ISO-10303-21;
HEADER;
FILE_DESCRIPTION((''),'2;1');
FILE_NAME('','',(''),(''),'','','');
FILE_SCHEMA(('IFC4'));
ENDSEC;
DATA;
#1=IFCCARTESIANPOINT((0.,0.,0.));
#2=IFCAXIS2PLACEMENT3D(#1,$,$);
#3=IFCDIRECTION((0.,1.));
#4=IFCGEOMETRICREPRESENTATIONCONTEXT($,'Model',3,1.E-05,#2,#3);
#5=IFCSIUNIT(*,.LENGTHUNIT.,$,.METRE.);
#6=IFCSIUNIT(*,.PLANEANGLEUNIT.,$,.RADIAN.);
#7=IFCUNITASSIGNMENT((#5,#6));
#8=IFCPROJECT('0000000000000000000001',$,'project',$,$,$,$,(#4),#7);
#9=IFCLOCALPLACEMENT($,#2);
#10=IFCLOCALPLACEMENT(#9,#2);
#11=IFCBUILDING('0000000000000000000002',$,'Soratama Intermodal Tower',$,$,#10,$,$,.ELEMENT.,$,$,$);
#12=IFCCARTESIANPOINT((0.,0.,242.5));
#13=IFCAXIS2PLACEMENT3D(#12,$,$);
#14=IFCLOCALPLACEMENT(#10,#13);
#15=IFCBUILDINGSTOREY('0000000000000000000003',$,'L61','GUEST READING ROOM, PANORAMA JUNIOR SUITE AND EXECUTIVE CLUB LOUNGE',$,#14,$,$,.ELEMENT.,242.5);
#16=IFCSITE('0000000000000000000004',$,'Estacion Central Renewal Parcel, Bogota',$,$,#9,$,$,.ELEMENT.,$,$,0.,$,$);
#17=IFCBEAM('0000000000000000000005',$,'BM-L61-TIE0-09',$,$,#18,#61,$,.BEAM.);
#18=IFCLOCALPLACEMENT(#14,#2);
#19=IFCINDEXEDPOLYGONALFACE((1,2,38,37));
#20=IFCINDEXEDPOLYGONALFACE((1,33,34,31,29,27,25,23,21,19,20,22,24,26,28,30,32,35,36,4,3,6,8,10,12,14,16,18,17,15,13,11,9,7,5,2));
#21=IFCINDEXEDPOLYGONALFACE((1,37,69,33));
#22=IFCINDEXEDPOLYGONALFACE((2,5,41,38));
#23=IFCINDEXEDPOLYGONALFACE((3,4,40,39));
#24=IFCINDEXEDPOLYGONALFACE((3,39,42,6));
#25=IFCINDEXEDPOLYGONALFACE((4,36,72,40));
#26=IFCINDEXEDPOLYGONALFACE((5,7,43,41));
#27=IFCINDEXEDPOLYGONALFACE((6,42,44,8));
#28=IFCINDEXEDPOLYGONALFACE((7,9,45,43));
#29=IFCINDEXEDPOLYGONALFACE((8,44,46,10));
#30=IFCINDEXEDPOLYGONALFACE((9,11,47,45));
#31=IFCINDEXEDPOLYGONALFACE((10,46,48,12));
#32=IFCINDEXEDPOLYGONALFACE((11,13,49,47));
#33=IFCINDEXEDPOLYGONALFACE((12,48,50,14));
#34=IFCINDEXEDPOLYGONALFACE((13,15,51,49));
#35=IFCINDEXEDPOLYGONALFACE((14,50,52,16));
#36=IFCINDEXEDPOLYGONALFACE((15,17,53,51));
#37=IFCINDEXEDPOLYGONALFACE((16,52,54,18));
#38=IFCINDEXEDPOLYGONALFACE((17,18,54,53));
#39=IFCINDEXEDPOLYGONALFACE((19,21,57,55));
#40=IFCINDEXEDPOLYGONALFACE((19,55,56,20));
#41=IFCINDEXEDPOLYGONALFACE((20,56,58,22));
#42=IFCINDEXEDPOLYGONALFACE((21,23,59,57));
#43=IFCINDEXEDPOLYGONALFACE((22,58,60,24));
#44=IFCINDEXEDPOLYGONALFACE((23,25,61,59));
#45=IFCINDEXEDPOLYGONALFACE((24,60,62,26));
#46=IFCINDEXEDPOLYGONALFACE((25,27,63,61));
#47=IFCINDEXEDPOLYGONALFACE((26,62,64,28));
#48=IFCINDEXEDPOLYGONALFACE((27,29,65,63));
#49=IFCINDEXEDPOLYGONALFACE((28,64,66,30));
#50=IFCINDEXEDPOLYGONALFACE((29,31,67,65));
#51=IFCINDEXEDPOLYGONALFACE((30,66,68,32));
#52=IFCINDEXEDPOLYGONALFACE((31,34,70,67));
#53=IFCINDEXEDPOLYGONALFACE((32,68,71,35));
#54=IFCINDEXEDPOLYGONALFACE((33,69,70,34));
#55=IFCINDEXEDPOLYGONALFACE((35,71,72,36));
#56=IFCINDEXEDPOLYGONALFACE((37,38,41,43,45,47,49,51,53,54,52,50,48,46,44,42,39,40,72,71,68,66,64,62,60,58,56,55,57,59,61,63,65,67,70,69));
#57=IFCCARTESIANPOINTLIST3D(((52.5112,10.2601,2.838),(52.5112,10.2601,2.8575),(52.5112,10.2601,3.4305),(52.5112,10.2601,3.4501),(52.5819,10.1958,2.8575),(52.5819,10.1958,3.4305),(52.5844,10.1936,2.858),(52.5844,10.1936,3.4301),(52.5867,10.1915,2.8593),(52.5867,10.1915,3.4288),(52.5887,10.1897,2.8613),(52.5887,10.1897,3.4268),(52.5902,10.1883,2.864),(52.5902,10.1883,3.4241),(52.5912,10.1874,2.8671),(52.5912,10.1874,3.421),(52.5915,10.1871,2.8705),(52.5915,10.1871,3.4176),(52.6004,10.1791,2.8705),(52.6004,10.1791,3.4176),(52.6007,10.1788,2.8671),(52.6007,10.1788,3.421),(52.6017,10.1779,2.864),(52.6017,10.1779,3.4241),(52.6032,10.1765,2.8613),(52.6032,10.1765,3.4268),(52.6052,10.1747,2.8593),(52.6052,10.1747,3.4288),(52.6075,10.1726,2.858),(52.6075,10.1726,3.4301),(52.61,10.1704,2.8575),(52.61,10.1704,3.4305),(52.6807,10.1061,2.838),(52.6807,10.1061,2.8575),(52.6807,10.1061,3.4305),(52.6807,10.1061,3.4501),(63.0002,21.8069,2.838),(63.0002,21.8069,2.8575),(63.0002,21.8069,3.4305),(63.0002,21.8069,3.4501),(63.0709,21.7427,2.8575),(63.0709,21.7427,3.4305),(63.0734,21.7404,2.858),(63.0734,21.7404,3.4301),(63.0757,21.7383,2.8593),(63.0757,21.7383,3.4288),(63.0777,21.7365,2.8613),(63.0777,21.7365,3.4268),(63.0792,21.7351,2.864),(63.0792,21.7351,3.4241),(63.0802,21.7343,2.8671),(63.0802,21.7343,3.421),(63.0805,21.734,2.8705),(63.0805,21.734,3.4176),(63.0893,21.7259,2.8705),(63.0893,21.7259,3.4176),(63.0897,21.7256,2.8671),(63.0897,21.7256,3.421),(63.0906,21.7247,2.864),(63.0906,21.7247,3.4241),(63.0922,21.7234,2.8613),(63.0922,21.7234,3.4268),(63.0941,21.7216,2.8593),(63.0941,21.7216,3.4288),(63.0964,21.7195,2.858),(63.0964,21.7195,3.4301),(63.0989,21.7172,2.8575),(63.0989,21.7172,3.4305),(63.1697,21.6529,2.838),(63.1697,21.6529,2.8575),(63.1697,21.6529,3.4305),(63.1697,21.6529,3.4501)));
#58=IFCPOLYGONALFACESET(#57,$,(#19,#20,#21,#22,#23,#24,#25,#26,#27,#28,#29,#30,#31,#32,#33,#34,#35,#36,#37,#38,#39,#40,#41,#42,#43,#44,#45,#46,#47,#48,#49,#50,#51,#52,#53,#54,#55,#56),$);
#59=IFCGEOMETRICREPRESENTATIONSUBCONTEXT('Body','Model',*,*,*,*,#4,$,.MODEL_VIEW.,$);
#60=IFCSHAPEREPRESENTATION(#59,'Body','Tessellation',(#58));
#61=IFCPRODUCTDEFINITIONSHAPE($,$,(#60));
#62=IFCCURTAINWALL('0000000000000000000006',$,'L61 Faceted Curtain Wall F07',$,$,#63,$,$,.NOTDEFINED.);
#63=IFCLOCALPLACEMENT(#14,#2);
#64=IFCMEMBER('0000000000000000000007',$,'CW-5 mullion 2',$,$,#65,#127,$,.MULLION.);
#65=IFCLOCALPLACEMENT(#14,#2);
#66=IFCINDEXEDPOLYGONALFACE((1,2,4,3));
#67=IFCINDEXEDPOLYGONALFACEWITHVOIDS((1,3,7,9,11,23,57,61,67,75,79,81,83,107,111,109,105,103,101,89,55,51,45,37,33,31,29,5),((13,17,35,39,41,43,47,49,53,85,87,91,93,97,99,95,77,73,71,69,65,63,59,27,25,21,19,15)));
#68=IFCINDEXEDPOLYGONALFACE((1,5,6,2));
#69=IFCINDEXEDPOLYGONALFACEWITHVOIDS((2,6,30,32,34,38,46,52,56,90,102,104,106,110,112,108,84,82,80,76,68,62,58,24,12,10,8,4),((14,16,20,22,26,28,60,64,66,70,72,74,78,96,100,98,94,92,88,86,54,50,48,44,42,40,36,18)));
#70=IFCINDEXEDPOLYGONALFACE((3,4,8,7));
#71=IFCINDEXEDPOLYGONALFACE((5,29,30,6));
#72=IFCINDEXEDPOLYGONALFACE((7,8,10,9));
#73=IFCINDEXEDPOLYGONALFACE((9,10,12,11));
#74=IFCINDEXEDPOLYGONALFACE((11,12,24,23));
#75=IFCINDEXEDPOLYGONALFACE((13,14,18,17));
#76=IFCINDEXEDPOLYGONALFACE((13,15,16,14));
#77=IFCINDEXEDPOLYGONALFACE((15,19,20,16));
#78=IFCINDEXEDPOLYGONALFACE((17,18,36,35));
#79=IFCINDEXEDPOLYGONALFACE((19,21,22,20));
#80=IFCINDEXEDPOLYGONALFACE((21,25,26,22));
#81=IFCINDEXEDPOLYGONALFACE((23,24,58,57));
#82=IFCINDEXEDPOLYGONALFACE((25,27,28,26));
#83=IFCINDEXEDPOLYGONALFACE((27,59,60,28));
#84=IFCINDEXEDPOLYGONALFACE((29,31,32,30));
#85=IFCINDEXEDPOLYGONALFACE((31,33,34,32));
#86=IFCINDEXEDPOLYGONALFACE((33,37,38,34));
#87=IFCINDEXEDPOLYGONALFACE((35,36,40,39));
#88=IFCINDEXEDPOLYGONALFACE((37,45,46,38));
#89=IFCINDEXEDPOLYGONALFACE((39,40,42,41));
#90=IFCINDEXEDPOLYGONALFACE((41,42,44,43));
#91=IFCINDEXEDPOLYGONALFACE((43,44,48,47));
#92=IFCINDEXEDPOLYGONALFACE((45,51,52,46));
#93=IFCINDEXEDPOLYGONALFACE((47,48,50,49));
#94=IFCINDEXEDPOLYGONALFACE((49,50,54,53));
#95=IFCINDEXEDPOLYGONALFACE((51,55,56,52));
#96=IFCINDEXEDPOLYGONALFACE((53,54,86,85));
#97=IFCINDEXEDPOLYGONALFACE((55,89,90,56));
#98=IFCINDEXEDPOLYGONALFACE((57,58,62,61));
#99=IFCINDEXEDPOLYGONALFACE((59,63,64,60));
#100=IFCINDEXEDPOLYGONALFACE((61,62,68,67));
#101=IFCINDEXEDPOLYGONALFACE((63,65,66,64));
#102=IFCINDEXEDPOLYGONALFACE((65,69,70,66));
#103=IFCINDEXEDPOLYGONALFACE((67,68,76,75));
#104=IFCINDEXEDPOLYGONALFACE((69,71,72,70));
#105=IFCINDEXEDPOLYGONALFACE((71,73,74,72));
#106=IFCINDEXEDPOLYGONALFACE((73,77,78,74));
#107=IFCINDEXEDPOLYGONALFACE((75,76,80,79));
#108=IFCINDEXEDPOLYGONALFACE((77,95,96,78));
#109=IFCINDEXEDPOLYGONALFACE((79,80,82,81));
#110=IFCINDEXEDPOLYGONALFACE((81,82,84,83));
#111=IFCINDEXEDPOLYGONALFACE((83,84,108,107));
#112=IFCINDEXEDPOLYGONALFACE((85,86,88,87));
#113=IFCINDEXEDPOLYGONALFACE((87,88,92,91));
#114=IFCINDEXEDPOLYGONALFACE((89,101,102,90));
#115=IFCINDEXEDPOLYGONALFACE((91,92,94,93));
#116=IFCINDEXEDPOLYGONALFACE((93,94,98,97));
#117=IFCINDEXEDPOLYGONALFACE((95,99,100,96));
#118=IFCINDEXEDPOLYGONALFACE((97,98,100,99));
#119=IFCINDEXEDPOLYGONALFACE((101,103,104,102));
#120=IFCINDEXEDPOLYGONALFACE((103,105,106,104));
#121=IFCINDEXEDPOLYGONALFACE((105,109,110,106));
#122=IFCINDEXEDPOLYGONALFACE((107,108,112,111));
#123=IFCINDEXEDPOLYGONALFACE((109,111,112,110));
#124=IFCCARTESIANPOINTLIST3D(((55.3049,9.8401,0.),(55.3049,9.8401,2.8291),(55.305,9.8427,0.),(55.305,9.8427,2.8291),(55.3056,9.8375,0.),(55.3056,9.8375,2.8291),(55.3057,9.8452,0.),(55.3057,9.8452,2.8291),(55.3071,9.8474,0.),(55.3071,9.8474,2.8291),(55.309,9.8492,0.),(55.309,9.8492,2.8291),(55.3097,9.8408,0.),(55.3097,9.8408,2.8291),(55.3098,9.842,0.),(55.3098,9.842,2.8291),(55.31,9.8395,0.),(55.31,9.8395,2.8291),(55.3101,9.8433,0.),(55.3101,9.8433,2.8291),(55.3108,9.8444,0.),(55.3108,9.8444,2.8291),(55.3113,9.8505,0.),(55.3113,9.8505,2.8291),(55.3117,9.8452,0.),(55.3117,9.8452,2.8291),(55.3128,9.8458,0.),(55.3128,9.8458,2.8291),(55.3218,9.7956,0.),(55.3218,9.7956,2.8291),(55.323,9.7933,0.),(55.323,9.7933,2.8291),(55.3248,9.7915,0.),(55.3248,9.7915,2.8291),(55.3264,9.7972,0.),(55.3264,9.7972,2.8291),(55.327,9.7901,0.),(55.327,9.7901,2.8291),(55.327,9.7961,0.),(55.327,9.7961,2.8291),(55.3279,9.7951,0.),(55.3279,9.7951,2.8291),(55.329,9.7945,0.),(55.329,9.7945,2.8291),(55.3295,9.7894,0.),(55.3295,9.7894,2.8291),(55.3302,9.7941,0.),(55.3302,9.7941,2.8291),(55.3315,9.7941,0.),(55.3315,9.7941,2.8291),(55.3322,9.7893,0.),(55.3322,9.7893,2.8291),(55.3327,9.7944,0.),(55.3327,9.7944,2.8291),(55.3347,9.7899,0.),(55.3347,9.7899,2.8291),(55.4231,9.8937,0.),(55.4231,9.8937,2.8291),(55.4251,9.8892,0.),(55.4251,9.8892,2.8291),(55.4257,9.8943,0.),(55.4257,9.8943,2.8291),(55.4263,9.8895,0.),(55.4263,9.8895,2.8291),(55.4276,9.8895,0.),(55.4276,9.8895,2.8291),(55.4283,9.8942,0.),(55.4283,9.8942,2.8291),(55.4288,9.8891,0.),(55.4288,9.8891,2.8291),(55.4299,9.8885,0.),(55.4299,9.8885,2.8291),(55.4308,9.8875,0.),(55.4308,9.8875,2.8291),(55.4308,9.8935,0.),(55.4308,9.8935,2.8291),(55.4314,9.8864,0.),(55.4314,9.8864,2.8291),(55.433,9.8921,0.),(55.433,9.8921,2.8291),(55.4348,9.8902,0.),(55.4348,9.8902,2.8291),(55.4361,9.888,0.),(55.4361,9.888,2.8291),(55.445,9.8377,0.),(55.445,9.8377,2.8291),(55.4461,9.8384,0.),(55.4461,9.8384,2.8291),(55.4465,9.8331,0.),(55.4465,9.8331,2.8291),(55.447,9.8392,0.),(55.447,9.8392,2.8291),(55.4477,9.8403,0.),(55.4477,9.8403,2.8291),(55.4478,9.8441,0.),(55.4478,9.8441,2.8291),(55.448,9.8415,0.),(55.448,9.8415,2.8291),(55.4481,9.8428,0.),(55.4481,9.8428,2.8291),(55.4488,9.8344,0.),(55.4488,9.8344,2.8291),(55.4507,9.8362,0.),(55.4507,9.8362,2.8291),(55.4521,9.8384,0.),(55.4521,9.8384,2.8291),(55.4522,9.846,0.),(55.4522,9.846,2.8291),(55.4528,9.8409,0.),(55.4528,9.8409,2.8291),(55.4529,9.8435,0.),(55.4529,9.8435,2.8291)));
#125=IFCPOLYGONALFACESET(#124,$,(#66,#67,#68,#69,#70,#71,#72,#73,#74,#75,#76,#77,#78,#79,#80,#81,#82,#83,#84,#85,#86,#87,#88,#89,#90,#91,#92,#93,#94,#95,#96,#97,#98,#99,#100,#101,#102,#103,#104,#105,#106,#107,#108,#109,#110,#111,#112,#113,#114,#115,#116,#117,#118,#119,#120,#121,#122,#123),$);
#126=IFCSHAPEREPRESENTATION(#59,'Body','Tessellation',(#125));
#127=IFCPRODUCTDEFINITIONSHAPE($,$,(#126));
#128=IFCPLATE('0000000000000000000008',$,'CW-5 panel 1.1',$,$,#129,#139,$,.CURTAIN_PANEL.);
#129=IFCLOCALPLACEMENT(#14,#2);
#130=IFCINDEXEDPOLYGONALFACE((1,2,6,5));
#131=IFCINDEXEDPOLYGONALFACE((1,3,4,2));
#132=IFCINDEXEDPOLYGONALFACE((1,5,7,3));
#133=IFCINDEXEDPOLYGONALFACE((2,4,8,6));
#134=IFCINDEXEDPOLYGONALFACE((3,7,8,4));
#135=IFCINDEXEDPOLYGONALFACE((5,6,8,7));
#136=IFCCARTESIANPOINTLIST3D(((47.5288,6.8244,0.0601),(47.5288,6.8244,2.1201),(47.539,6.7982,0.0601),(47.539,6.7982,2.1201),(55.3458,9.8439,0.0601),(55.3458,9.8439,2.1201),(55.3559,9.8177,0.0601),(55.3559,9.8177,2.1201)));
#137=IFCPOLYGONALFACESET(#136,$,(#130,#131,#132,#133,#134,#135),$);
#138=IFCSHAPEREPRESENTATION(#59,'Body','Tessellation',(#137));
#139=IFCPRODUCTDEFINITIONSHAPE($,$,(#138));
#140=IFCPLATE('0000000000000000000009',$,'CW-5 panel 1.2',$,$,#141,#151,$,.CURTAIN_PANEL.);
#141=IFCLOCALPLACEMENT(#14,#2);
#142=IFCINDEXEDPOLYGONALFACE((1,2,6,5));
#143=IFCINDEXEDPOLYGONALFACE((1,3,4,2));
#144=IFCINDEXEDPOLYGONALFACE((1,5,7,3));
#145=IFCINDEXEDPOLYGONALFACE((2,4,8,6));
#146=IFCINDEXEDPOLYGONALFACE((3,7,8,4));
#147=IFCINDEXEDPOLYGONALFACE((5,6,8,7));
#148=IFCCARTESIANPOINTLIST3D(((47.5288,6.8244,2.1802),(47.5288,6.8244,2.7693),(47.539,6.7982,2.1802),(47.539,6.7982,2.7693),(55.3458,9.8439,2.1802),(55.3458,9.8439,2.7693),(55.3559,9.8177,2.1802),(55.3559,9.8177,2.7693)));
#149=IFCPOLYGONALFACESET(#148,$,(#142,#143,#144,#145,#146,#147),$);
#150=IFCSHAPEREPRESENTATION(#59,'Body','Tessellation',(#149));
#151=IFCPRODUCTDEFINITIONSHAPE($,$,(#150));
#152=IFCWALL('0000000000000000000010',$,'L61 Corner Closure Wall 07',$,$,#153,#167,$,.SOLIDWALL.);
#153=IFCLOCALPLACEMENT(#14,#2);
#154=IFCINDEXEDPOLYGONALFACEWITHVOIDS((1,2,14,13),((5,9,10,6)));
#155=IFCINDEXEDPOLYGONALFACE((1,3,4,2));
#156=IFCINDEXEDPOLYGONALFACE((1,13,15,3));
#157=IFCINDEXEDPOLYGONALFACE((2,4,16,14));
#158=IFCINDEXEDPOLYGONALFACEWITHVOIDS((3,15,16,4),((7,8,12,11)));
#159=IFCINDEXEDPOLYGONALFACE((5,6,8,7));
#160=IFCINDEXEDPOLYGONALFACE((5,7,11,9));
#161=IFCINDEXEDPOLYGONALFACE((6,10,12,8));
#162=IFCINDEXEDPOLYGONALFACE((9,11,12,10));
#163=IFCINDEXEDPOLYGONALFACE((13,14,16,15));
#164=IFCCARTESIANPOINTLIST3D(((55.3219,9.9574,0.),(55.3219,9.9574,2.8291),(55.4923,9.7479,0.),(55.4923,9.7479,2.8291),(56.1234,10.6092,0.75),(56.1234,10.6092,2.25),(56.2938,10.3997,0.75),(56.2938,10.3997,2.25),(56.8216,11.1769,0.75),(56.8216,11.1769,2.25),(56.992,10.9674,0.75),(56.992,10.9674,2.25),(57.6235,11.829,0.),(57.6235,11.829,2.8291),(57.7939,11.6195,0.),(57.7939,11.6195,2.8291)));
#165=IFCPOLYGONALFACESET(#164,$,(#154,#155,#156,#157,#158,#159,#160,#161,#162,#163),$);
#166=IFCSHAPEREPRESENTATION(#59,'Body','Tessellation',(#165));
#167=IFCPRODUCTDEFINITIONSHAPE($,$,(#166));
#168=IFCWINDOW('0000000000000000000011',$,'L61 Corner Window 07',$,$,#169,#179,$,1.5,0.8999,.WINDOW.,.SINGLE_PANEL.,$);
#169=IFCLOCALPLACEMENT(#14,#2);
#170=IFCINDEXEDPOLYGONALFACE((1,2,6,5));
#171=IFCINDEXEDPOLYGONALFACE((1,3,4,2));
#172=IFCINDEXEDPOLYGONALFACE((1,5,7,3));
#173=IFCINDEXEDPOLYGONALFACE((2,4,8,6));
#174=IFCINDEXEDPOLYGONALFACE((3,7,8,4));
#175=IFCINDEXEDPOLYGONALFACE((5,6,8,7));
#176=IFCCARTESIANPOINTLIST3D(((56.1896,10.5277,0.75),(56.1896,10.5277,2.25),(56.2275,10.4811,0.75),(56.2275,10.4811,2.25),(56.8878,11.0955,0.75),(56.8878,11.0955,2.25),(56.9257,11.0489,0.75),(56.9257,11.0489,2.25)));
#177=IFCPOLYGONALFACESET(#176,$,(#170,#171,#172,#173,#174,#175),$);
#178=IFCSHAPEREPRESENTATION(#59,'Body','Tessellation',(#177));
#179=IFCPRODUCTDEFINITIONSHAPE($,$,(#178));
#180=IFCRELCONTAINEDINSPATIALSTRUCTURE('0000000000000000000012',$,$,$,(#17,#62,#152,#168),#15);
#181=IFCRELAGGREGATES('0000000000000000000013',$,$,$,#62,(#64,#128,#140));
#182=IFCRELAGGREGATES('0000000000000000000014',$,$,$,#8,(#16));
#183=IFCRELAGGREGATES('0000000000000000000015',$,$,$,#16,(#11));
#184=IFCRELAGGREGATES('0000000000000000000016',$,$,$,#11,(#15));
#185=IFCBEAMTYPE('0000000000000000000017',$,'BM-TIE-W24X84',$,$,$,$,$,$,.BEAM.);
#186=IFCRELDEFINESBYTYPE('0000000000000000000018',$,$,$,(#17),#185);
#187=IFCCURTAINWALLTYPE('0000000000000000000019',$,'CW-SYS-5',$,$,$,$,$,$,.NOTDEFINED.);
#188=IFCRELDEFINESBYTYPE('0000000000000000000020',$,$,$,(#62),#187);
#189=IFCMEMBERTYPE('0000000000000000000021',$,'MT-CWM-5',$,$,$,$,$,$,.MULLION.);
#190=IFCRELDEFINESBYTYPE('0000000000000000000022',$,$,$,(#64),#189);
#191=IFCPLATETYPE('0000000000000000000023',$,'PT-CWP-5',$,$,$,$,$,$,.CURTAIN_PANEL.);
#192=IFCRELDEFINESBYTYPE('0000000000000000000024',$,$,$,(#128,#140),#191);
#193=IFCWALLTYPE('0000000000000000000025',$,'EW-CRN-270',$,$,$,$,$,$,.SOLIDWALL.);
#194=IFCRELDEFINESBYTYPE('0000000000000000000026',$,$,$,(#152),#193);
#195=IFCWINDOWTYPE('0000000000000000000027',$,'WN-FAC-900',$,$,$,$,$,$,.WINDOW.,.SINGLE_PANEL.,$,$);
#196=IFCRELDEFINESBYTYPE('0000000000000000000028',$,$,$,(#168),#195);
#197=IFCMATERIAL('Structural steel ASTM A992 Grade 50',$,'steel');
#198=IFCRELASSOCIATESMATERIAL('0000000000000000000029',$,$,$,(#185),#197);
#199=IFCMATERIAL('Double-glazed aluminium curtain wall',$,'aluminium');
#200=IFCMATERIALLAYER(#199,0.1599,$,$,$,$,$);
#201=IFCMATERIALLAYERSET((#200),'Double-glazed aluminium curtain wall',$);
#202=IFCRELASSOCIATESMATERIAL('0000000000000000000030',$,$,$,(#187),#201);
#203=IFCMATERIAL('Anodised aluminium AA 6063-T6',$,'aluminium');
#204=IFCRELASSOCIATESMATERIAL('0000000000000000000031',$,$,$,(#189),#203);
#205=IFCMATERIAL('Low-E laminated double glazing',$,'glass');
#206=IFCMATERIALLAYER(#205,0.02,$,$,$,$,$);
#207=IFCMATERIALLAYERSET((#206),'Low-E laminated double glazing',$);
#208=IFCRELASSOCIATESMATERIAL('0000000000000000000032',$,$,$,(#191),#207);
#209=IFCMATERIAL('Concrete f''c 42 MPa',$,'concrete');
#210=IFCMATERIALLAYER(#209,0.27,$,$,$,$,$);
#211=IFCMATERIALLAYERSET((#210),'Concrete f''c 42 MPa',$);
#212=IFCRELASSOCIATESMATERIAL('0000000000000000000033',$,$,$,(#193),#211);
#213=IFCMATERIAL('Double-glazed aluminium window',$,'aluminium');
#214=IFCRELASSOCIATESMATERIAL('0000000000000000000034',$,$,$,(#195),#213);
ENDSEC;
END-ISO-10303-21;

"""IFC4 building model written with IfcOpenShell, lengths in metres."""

from ifc_helpers import new_model, si_unit, direction, frame, frame_2d, origin, origin_2d, place, context, subcontext, project, spatial, rectangle, hollow_rectangle, i_section, extrude, material, layer, layer_set, material_profile, profile_set, type_object, element, fill, aggregate, save


model = new_model("IFC4")

# Units and contexts
model_context = context("Model", 3, precision=1e-05, world=origin(), true_north=direction((0.0, 1.0)))
body_context = subcontext(model_context, "Body", "Model", "MODEL_VIEW")
ifc_project = project(units=[si_unit("LENGTHUNIT", "METRE"), si_unit("PLANEANGLEUNIT", "RADIAN")], contexts=[model_context])

# Site, building, storey
site_placement = place(None, origin())
site = spatial("IfcSite", under=ifc_project, at=site_placement, Name="Estacion Central Renewal Parcel, Bogota", CompositionType="ELEMENT", RefElevation=0.0)
building_placement = place(site_placement, origin())
building = spatial("IfcBuilding", under=site, at=building_placement, Name="Soratama Intermodal Tower", CompositionType="ELEMENT")
storey_placement = place(building_placement, frame((0.0, 0.0, 242.5)))
storey = spatial("IfcBuildingStorey", under=building, at=storey_placement, Name="L61", Description="GUEST READING ROOM, PANORAMA JUNIOR SUITE AND EXECUTIVE CLUB LOUNGE", CompositionType="ELEMENT", Elevation=242.5)

# Beam
ifc_material_1 = material(Name="Structural steel ASTM A992 Grade 50", Category="steel")
ifc_material_profile_1 = material_profile(ifc_material_1, i_section(OverallWidth=0.229, OverallDepth=0.6121, WebThickness=0.012, FlangeThickness=0.0195, FilletRadius=0.0129, at=origin_2d()), Name="W24X84")
ifc_profile_set_1 = profile_set([ifc_material_profile_1], Name="Structural steel ASTM A992 Grade 50")
beam_type_1 = type_object("IfcBeamType", Name="BM-TIE-W24X84", PredefinedType="BEAM", material=ifc_profile_set_1)
beam_1_placement = place(storey_placement, frame((52.5959, 10.1831, 3.144), z_axis=(0.672387, 0.7402, 0.0), x_axis=(-0.7402, 0.672387, 0.0)))
element("IfcBeam", 1, at=beam_1_placement, inside=storey, type_object=beam_type_1, Name="BM-L61-TIE0-09", PredefinedType="BEAM", context=body_context, shape_type="SweptSolid", body=[
    extrude(i_section(OverallWidth=0.229, OverallDepth=0.6121, WebThickness=0.012, FlangeThickness=0.0195, FilletRadius=0.0129, at=origin_2d()), origin(), (0.0, 0.0, 1.0), 15.5996),
])

# Curtain wall, member, plates
ifc_material_2 = material(Name="Double-glazed aluminium curtain wall", Category="aluminium")
ifc_layer_1 = layer(ifc_material_2, 0.1599)
ifc_layer_set_1 = layer_set([ifc_layer_1], Name="Double-glazed aluminium curtain wall")
curtain_wall_type = type_object("IfcCurtainWallType", Name="CW-SYS-5", PredefinedType="NOTDEFINED", material=ifc_layer_set_1)
curtain_wall_placement = place(storey_placement, origin())
curtain_wall = element("IfcCurtainWall", 2, at=curtain_wall_placement, inside=storey, type_object=curtain_wall_type, Name="L61 Faceted Curtain Wall F07", PredefinedType="NOTDEFINED")
ifc_material_3 = material(Name="Anodised aluminium AA 6063-T6", Category="aluminium")
ifc_material_profile_2 = material_profile(ifc_material_3, hollow_rectangle(XDim=0.0649, YDim=0.1399, WallThickness=0.0049, InnerFilletRadius=0.0049, OuterFilletRadius=0.01, at=origin_2d()), Name="CWM140X65X5")
ifc_profile_set_2 = profile_set([ifc_material_profile_2], Name="Anodised aluminium AA 6063-T6")
member_type = type_object("IfcMemberType", Name="MT-CWM-5", PredefinedType="MULLION", material=ifc_profile_set_2)
member_placement = place(storey_placement, frame((55.3789, 9.8418, 0.0), z_axis=(0.0, 0.0, 1.0), x_axis=(-0.360328, 0.932826, 0.0)))
member = element("IfcMember", 3, at=member_placement, type_object=member_type, Name="CW-5 mullion 2", PredefinedType="MULLION", context=body_context, shape_type="SweptSolid", body=[
    extrude(hollow_rectangle(XDim=0.0649, YDim=0.1399, WallThickness=0.0049, InnerFilletRadius=0.0049, OuterFilletRadius=0.01, at=origin_2d()), origin(), (0.0, 0.0, 1.0), 2.8291),
])
ifc_material_4 = material(Name="Low-E laminated double glazing", Category="glass")
ifc_layer_2 = layer(ifc_material_4, 0.02)
ifc_layer_set_2 = layer_set([ifc_layer_2], Name="Low-E laminated double glazing")
plate_type = type_object("IfcPlateType", Name="PT-CWP-5", PredefinedType="CURTAIN_PANEL", material=ifc_layer_set_2)
plate_1_placement = place(storey_placement, frame((51.4424, 8.321, 0.0601), z_axis=(0.0, 0.0, 1.0), x_axis=(0.932826, 0.360328, 0.0)))
plate_1 = element("IfcPlate", 4, at=plate_1_placement, type_object=plate_type, Name="CW-5 panel 1.1", PredefinedType="CURTAIN_PANEL", context=body_context, shape_type="SweptSolid", body=[
    extrude(rectangle(XDim=8.3799, YDim=0.0281, at=origin_2d()), origin(), (0.0, 0.0, 1.0), 2.0601),
])
plate_2_placement = place(storey_placement, frame((51.4424, 8.321, 2.1802), z_axis=(0.0, 0.0, 1.0), x_axis=(0.932826, 0.360328, 0.0)))
plate_2 = element("IfcPlate", 5, at=plate_2_placement, type_object=plate_type, Name="CW-5 panel 1.2", PredefinedType="CURTAIN_PANEL", context=body_context, shape_type="SweptSolid", body=[
    extrude(rectangle(XDim=8.3799, YDim=0.0281, at=origin_2d()), origin(), (0.0, 0.0, 1.0), 0.5891),
])
aggregate(curtain_wall, [member, plate_1, plate_2])

# Wall, opening, window
ifc_material_5 = material(Name="Concrete f'c 42 MPa", Category="concrete")
ifc_layer_3 = layer(ifc_material_5, 0.27)
ifc_layer_set_3 = layer_set([ifc_layer_3], Name="Concrete f'c 42 MPa")
wall_type_1 = type_object("IfcWallType", Name="EW-CRN-270", PredefinedType="SOLIDWALL", material=ifc_layer_set_3)
wall_1_placement = place(storey_placement, frame((55.407, 9.8525, 0.0), z_axis=(0.0, 0.0, 1.0), x_axis=(0.77585, 0.630918, 0.0)))
wall_1 = element("IfcWall", 6, at=wall_1_placement, inside=storey, type_object=wall_type_1, Name="L61 Corner Closure Wall 07", PredefinedType="SOLIDWALL", context=body_context, shape_type="SweptSolid", body=[
    extrude(rectangle(XDim=2.9666, YDim=0.27, at=frame_2d((1.4834, 0.0))), origin(), (0.0, 0.0, 1.0), 2.8291),
])
opening_1_placement = place(wall_1_placement, frame((1.0332, 0.0, 0.75)))
opening_1 = element("IfcOpeningElement", 7, at=opening_1_placement, cuts=wall_1, PredefinedType="OPENING", context=body_context, shape_type="SweptSolid", body=[
    extrude(rectangle(XDim=0.8999, YDim=1.5, at=frame_2d((0.45, 0.75))), frame((0.0, 0.145, 0.0), z_axis=(0.0, -1.0, 0.0), x_axis=(1.0, 0.0, 0.0)), (0.0, 0.0, 1.0), 0.29),
])
ifc_material_6 = material(Name="Double-glazed aluminium window", Category="aluminium")
window_type = type_object("IfcWindowType", Name="WN-FAC-900", PartitioningType="SINGLE_PANEL", PredefinedType="WINDOW", material=ifc_material_6)
window_placement = place(opening_1_placement, origin())
window = element("IfcWindow", 8, at=window_placement, inside=storey, type_object=window_type, Name="L61 Corner Window 07", OverallHeight=1.5, OverallWidth=0.8999, PartitioningType="SINGLE_PANEL", PredefinedType="WINDOW", context=body_context, shape_type="SweptSolid", body=[
    extrude(rectangle(XDim=0.8999, YDim=1.5, at=frame_2d((0.45, 0.75))), frame((0.0, 0.03, 0.0), z_axis=(0.0, -1.0, 0.0), x_axis=(1.0, 0.0, 0.0)), (0.0, 0.0, 1.0), 0.0601),
])
fill(opening_1, window)

save(model, "model.ifc")
